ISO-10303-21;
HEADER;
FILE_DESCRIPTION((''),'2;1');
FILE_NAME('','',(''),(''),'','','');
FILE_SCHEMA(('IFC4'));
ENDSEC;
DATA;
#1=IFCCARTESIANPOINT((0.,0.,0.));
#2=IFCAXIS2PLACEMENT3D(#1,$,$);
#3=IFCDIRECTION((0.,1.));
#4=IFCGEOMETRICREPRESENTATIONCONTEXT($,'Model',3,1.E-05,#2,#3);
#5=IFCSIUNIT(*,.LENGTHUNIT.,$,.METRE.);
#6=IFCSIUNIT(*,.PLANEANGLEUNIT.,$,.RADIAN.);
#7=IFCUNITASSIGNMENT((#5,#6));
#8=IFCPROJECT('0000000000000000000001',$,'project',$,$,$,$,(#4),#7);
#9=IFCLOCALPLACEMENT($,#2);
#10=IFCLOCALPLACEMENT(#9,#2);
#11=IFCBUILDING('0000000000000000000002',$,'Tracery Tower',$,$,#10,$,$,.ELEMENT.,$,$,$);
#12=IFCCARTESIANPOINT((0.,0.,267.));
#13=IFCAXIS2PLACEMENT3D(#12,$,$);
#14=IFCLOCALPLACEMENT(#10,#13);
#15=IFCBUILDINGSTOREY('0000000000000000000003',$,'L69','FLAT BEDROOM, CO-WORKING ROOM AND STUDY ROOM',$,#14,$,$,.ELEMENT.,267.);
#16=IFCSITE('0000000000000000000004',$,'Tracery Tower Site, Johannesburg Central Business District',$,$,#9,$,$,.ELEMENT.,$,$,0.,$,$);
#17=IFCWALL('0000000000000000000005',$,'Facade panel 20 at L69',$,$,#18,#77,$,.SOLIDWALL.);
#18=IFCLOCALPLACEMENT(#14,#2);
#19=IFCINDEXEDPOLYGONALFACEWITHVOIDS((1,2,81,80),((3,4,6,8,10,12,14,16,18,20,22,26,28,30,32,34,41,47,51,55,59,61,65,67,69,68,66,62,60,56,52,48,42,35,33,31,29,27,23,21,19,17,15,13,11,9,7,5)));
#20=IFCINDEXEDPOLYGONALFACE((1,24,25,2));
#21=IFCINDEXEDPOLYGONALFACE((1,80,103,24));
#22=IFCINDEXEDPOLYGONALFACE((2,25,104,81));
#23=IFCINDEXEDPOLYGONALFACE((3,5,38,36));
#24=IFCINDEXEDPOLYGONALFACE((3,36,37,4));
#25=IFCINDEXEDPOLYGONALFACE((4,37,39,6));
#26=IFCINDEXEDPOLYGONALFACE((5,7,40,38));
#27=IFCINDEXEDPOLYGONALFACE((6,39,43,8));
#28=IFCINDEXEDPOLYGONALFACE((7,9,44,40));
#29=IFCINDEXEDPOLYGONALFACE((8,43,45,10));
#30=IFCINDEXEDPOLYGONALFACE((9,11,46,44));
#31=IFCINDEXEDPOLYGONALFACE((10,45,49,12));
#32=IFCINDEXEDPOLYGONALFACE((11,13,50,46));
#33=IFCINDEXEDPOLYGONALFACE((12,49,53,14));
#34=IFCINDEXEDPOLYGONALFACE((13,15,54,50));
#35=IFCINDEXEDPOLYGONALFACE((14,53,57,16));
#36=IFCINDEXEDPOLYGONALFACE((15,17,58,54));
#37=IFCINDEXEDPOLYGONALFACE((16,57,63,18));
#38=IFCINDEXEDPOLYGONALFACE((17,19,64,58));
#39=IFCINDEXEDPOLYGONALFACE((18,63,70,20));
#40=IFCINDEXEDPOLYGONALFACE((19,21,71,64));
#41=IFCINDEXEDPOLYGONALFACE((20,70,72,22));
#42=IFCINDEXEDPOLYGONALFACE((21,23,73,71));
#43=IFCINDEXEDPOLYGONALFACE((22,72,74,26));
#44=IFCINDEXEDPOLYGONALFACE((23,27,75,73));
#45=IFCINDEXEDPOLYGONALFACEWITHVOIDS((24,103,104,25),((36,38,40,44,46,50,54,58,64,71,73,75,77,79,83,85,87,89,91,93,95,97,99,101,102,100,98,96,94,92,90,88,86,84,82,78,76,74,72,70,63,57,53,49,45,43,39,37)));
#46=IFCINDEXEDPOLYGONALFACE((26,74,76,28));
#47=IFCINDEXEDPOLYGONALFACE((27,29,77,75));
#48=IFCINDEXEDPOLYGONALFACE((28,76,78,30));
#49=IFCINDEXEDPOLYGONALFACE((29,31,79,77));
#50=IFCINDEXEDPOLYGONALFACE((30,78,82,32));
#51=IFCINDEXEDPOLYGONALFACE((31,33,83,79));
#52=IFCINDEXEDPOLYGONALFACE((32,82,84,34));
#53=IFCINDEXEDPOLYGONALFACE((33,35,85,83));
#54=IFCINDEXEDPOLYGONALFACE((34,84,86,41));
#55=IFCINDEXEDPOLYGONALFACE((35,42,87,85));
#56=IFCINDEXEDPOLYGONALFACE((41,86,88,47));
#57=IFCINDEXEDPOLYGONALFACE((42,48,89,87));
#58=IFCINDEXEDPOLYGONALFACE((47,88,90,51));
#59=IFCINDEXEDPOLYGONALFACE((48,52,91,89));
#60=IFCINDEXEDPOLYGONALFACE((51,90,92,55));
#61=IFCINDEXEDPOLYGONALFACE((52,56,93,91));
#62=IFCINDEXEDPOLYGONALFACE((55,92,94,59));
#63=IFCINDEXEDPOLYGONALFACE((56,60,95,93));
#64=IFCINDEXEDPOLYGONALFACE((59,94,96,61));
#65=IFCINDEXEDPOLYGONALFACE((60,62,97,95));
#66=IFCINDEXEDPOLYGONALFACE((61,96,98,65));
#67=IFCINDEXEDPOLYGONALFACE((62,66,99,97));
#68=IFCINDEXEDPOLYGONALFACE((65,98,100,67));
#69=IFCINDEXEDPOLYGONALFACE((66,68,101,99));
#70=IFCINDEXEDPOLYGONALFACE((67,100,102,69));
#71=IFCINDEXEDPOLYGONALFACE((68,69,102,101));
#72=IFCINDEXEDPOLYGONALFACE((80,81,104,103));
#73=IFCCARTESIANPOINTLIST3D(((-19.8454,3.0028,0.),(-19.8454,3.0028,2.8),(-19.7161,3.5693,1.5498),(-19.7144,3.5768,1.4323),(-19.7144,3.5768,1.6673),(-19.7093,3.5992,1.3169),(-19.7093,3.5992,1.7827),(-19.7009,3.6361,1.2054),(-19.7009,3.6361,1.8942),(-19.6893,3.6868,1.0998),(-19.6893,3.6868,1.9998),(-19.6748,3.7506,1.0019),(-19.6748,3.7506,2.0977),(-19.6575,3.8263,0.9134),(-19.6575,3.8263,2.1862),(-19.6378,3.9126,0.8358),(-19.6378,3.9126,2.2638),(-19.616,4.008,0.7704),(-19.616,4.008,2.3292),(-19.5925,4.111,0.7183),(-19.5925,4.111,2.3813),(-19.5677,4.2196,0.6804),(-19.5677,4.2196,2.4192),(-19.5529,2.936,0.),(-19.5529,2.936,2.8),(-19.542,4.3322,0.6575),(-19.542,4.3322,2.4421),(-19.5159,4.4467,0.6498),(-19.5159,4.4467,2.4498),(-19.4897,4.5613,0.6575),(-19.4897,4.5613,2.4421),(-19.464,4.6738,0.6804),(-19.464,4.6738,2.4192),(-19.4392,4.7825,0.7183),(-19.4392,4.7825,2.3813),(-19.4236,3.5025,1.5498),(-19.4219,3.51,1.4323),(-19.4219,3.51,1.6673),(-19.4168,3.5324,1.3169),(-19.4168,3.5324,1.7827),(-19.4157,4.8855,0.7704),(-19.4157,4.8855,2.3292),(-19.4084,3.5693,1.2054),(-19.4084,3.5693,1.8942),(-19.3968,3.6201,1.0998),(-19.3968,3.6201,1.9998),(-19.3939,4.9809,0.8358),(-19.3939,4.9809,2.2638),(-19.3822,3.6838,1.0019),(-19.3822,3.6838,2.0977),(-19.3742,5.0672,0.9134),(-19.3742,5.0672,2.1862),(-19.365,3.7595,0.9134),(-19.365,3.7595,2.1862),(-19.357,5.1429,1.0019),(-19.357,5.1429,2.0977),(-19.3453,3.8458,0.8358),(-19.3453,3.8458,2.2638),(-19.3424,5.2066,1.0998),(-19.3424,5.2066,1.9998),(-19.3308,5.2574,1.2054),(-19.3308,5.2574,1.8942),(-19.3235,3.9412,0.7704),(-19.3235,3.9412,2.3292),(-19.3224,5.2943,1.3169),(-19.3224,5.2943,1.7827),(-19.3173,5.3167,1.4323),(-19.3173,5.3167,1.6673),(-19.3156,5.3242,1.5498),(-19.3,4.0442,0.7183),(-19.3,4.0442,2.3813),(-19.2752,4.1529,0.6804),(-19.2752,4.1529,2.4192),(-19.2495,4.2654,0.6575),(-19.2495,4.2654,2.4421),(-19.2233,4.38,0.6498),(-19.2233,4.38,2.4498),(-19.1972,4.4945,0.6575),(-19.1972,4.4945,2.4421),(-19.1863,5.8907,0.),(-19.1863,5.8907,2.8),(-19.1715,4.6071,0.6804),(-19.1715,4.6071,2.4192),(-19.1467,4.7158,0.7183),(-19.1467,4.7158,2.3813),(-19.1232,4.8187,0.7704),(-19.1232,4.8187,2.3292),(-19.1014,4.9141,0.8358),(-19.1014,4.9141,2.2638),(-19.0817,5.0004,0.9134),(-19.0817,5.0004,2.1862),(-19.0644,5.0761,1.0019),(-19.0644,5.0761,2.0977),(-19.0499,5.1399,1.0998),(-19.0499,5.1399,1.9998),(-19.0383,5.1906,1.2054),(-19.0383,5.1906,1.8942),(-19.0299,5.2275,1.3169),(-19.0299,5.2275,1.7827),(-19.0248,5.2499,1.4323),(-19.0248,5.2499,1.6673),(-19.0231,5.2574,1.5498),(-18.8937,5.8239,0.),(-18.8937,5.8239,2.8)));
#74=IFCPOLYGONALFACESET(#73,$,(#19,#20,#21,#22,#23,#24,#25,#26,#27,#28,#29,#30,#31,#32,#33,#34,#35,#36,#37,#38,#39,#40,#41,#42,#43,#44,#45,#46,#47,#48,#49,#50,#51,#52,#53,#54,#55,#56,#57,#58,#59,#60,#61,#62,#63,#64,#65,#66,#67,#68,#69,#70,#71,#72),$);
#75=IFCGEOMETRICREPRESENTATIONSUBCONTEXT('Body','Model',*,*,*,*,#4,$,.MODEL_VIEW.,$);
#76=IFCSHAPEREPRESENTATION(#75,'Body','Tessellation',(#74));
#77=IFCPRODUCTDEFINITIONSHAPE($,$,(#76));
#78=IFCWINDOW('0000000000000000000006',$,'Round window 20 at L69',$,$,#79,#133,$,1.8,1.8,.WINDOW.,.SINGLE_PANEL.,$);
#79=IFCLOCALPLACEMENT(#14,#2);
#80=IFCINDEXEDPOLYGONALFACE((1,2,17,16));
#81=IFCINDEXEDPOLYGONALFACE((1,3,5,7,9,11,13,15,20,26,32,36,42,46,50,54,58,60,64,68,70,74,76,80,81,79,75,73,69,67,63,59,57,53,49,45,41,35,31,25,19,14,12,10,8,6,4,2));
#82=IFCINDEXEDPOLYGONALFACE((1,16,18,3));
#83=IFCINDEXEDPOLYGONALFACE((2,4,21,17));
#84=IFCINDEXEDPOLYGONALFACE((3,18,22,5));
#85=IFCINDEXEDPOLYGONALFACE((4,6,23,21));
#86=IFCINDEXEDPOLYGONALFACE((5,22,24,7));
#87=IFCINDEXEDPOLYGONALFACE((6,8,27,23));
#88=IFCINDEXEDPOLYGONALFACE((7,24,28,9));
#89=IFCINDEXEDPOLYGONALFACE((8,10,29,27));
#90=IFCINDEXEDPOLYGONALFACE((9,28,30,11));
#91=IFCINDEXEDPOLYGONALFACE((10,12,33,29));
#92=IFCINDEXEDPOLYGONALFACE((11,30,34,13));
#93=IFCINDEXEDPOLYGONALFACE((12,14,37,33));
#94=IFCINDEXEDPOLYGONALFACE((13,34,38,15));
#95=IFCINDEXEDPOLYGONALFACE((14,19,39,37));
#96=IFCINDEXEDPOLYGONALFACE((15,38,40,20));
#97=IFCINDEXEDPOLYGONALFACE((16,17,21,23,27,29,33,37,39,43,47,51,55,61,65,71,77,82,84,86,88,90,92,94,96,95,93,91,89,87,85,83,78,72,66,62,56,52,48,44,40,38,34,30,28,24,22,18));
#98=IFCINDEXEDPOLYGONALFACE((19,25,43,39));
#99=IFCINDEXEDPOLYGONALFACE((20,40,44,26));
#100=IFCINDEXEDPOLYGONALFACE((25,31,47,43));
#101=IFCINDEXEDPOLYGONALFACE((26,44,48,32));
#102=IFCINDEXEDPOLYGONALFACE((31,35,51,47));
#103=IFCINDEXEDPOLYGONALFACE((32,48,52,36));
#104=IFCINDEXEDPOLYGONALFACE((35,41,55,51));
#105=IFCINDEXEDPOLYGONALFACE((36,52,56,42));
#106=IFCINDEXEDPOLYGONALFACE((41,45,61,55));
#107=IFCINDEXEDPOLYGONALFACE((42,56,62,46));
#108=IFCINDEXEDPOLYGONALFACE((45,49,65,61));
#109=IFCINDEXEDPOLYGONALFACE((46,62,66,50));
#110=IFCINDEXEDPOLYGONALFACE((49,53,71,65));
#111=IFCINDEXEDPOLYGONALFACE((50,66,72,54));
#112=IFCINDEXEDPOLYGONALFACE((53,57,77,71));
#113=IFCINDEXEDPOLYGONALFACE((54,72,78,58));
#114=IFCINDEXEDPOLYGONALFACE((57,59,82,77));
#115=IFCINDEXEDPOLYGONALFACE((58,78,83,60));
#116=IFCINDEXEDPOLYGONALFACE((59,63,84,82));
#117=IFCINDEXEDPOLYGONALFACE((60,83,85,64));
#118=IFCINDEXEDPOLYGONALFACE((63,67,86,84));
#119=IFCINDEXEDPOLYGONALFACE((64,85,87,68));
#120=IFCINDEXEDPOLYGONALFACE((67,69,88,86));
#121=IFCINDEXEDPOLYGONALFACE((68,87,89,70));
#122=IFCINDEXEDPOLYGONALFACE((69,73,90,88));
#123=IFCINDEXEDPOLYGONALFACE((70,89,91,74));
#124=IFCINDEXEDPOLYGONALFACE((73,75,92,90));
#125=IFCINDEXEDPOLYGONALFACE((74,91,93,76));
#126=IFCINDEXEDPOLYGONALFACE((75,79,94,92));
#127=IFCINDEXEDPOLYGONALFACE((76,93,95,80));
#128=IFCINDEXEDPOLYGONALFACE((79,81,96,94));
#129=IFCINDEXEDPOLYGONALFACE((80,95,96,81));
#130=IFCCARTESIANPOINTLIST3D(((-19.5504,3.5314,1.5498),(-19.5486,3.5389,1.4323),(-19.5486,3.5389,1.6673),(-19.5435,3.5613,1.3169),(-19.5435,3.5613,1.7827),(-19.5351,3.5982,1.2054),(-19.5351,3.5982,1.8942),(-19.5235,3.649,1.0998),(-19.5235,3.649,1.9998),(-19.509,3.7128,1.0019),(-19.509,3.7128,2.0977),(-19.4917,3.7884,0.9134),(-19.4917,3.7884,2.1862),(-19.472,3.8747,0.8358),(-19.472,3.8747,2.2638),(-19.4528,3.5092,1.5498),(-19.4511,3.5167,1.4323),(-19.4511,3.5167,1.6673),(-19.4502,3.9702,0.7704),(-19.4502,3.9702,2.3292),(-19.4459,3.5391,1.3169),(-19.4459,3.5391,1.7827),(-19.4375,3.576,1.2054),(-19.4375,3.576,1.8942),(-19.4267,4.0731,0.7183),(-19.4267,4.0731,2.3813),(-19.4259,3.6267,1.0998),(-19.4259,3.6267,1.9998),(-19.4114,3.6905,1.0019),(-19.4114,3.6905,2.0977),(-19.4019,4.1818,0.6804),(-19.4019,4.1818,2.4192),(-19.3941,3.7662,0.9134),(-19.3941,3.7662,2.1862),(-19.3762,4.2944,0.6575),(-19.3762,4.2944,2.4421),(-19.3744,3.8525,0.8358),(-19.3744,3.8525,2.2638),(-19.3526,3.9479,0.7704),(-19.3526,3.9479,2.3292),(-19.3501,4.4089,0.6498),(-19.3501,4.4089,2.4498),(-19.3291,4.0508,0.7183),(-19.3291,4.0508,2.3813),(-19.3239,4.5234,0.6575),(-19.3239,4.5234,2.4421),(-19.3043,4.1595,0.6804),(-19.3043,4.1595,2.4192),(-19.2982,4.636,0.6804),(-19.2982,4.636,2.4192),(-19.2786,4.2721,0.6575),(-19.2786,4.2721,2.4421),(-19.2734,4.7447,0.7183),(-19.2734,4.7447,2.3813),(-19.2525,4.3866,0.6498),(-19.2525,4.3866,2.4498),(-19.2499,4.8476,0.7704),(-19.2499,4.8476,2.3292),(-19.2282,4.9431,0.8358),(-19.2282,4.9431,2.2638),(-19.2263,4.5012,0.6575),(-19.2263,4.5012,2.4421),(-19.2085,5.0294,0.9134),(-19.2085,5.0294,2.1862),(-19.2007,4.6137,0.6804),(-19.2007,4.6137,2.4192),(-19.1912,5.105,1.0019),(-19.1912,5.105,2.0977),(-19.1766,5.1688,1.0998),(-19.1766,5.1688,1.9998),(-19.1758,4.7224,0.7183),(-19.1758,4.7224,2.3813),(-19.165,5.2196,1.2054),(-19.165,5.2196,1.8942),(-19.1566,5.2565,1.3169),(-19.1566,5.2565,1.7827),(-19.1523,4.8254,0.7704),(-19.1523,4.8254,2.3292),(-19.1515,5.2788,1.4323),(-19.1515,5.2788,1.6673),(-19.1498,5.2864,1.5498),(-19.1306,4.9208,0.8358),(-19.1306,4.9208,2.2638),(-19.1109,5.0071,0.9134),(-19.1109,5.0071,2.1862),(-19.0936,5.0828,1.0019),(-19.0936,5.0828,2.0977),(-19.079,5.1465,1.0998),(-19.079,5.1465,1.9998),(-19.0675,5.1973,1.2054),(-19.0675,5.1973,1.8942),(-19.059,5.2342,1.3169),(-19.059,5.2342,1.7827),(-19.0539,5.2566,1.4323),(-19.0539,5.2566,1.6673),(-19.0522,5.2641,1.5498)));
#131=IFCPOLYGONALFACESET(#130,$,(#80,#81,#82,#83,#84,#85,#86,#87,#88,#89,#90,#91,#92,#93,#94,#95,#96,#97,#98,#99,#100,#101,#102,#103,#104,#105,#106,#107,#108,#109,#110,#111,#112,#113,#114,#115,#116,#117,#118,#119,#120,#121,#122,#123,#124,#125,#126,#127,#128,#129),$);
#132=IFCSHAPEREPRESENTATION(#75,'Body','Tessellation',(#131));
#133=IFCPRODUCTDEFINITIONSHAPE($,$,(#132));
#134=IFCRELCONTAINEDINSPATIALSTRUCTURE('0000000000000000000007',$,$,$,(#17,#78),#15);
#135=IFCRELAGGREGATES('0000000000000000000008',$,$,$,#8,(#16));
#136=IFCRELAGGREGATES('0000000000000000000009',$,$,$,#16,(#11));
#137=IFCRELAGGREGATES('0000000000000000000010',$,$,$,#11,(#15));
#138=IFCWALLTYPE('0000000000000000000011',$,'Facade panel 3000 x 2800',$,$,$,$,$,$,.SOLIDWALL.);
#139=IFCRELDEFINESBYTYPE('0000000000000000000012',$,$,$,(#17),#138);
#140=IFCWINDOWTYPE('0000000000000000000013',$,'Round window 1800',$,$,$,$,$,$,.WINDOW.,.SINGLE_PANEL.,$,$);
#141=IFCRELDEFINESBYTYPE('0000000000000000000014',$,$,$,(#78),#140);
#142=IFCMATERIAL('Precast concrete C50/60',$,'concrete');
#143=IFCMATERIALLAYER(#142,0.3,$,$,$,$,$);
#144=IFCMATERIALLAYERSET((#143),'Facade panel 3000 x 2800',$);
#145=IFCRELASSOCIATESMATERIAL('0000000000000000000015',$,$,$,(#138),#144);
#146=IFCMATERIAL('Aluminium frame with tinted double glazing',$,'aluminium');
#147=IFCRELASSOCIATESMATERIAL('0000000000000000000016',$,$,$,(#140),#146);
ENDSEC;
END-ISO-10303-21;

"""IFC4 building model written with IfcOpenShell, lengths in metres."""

from ifc_helpers import new_model, si_unit, direction, frame, frame_2d, origin, origin_2d, place, context, subcontext, project, spatial, rectangle, circle, extrude, material, layer, layer_set, type_object, element, fill, save


model = new_model("IFC4")

# Units and contexts
model_context = context("Model", 3, precision=1e-05, world=origin(), true_north=direction((0.0, 1.0)))
body_context = subcontext(model_context, "Body", "Model", "MODEL_VIEW")
ifc_project = project(units=[si_unit("LENGTHUNIT", "METRE"), si_unit("PLANEANGLEUNIT", "RADIAN")], contexts=[model_context])

# Site, building, storey
site_placement = place(None, origin())
site = spatial("IfcSite", under=ifc_project, at=site_placement, Name="Tracery Tower Site, Johannesburg Central Business District", CompositionType="ELEMENT", RefElevation=0.0)
building_placement = place(site_placement, origin())
building = spatial("IfcBuilding", under=site, at=building_placement, Name="Tracery Tower", CompositionType="ELEMENT")
storey_placement = place(building_placement, frame((0.0, 0.0, 267.0)))
storey = spatial("IfcBuildingStorey", under=building, at=storey_placement, Name="L69", Description="FLAT BEDROOM, CO-WORKING ROOM AND STUDY ROOM", CompositionType="ELEMENT", Elevation=267.0)

# Wall, opening, window
ifc_material_1 = material(Name="Precast concrete C50/60", Category="concrete")
ifc_layer_1 = layer(ifc_material_1, 0.3)
ifc_layer_set_1 = layer_set([ifc_layer_1], Name="Facade panel 3000 x 2800")
wall_type_1 = type_object("IfcWallType", Name="Facade panel 3000 x 2800", PredefinedType="SOLIDWALL", material=ifc_layer_set_1)
wall_1_placement = place(storey_placement, frame((-19.04, 5.8572, 0.0), z_axis=(0.0, 0.0, 1.0), x_axis=(-0.222529, -0.974926, 0.0)))
wall_1 = element("IfcWall", 1, at=wall_1_placement, inside=storey, type_object=wall_type_1, Name="Facade panel 20 at L69", PredefinedType="SOLIDWALL", context=body_context, shape_type="SweptSolid", body=[
    extrude(rectangle(XDim=2.9622, YDim=0.3, at=frame_2d((1.481, 0.0))), origin(), (0.0, 0.0, 1.0), 2.8),
])
opening_1_placement = place(wall_1_placement, frame((1.481, 0.0, 1.5498)))
opening_1 = element("IfcOpeningElement", 2, at=opening_1_placement, cuts=wall_1, PredefinedType="OPENING", context=body_context, shape_type="SweptSolid", body=[
    extrude(circle(Radius=0.9, at=origin_2d()), frame((0.0, 0.1599, 0.0), z_axis=(0.0, -1.0, 0.0), x_axis=(1.0, 0.0, 0.0)), (0.0, 0.0, 1.0), 0.3201),
])
ifc_material_2 = material(Name="Aluminium frame with tinted double glazing", Category="aluminium")
window_type = type_object("IfcWindowType", Name="Round window 1800", PartitioningType="SINGLE_PANEL", PredefinedType="WINDOW", material=ifc_material_2)
window_1_placement = place(opening_1_placement, origin())
window_1 = element("IfcWindow", 3, at=window_1_placement, inside=storey, type_object=window_type, Name="Round window 20 at L69", OverallHeight=1.8, OverallWidth=1.8, PartitioningType="SINGLE_PANEL", PredefinedType="WINDOW", context=body_context, shape_type="SweptSolid", body=[
    extrude(circle(Radius=0.9, at=origin_2d()), frame((0.0, 0.1201, 0.0), z_axis=(0.0, -1.0, 0.0), x_axis=(1.0, 0.0, 0.0)), (0.0, 0.0, 1.0), 0.1001),
])
fill(opening_1, window_1)

save(model, "model.ifc")
